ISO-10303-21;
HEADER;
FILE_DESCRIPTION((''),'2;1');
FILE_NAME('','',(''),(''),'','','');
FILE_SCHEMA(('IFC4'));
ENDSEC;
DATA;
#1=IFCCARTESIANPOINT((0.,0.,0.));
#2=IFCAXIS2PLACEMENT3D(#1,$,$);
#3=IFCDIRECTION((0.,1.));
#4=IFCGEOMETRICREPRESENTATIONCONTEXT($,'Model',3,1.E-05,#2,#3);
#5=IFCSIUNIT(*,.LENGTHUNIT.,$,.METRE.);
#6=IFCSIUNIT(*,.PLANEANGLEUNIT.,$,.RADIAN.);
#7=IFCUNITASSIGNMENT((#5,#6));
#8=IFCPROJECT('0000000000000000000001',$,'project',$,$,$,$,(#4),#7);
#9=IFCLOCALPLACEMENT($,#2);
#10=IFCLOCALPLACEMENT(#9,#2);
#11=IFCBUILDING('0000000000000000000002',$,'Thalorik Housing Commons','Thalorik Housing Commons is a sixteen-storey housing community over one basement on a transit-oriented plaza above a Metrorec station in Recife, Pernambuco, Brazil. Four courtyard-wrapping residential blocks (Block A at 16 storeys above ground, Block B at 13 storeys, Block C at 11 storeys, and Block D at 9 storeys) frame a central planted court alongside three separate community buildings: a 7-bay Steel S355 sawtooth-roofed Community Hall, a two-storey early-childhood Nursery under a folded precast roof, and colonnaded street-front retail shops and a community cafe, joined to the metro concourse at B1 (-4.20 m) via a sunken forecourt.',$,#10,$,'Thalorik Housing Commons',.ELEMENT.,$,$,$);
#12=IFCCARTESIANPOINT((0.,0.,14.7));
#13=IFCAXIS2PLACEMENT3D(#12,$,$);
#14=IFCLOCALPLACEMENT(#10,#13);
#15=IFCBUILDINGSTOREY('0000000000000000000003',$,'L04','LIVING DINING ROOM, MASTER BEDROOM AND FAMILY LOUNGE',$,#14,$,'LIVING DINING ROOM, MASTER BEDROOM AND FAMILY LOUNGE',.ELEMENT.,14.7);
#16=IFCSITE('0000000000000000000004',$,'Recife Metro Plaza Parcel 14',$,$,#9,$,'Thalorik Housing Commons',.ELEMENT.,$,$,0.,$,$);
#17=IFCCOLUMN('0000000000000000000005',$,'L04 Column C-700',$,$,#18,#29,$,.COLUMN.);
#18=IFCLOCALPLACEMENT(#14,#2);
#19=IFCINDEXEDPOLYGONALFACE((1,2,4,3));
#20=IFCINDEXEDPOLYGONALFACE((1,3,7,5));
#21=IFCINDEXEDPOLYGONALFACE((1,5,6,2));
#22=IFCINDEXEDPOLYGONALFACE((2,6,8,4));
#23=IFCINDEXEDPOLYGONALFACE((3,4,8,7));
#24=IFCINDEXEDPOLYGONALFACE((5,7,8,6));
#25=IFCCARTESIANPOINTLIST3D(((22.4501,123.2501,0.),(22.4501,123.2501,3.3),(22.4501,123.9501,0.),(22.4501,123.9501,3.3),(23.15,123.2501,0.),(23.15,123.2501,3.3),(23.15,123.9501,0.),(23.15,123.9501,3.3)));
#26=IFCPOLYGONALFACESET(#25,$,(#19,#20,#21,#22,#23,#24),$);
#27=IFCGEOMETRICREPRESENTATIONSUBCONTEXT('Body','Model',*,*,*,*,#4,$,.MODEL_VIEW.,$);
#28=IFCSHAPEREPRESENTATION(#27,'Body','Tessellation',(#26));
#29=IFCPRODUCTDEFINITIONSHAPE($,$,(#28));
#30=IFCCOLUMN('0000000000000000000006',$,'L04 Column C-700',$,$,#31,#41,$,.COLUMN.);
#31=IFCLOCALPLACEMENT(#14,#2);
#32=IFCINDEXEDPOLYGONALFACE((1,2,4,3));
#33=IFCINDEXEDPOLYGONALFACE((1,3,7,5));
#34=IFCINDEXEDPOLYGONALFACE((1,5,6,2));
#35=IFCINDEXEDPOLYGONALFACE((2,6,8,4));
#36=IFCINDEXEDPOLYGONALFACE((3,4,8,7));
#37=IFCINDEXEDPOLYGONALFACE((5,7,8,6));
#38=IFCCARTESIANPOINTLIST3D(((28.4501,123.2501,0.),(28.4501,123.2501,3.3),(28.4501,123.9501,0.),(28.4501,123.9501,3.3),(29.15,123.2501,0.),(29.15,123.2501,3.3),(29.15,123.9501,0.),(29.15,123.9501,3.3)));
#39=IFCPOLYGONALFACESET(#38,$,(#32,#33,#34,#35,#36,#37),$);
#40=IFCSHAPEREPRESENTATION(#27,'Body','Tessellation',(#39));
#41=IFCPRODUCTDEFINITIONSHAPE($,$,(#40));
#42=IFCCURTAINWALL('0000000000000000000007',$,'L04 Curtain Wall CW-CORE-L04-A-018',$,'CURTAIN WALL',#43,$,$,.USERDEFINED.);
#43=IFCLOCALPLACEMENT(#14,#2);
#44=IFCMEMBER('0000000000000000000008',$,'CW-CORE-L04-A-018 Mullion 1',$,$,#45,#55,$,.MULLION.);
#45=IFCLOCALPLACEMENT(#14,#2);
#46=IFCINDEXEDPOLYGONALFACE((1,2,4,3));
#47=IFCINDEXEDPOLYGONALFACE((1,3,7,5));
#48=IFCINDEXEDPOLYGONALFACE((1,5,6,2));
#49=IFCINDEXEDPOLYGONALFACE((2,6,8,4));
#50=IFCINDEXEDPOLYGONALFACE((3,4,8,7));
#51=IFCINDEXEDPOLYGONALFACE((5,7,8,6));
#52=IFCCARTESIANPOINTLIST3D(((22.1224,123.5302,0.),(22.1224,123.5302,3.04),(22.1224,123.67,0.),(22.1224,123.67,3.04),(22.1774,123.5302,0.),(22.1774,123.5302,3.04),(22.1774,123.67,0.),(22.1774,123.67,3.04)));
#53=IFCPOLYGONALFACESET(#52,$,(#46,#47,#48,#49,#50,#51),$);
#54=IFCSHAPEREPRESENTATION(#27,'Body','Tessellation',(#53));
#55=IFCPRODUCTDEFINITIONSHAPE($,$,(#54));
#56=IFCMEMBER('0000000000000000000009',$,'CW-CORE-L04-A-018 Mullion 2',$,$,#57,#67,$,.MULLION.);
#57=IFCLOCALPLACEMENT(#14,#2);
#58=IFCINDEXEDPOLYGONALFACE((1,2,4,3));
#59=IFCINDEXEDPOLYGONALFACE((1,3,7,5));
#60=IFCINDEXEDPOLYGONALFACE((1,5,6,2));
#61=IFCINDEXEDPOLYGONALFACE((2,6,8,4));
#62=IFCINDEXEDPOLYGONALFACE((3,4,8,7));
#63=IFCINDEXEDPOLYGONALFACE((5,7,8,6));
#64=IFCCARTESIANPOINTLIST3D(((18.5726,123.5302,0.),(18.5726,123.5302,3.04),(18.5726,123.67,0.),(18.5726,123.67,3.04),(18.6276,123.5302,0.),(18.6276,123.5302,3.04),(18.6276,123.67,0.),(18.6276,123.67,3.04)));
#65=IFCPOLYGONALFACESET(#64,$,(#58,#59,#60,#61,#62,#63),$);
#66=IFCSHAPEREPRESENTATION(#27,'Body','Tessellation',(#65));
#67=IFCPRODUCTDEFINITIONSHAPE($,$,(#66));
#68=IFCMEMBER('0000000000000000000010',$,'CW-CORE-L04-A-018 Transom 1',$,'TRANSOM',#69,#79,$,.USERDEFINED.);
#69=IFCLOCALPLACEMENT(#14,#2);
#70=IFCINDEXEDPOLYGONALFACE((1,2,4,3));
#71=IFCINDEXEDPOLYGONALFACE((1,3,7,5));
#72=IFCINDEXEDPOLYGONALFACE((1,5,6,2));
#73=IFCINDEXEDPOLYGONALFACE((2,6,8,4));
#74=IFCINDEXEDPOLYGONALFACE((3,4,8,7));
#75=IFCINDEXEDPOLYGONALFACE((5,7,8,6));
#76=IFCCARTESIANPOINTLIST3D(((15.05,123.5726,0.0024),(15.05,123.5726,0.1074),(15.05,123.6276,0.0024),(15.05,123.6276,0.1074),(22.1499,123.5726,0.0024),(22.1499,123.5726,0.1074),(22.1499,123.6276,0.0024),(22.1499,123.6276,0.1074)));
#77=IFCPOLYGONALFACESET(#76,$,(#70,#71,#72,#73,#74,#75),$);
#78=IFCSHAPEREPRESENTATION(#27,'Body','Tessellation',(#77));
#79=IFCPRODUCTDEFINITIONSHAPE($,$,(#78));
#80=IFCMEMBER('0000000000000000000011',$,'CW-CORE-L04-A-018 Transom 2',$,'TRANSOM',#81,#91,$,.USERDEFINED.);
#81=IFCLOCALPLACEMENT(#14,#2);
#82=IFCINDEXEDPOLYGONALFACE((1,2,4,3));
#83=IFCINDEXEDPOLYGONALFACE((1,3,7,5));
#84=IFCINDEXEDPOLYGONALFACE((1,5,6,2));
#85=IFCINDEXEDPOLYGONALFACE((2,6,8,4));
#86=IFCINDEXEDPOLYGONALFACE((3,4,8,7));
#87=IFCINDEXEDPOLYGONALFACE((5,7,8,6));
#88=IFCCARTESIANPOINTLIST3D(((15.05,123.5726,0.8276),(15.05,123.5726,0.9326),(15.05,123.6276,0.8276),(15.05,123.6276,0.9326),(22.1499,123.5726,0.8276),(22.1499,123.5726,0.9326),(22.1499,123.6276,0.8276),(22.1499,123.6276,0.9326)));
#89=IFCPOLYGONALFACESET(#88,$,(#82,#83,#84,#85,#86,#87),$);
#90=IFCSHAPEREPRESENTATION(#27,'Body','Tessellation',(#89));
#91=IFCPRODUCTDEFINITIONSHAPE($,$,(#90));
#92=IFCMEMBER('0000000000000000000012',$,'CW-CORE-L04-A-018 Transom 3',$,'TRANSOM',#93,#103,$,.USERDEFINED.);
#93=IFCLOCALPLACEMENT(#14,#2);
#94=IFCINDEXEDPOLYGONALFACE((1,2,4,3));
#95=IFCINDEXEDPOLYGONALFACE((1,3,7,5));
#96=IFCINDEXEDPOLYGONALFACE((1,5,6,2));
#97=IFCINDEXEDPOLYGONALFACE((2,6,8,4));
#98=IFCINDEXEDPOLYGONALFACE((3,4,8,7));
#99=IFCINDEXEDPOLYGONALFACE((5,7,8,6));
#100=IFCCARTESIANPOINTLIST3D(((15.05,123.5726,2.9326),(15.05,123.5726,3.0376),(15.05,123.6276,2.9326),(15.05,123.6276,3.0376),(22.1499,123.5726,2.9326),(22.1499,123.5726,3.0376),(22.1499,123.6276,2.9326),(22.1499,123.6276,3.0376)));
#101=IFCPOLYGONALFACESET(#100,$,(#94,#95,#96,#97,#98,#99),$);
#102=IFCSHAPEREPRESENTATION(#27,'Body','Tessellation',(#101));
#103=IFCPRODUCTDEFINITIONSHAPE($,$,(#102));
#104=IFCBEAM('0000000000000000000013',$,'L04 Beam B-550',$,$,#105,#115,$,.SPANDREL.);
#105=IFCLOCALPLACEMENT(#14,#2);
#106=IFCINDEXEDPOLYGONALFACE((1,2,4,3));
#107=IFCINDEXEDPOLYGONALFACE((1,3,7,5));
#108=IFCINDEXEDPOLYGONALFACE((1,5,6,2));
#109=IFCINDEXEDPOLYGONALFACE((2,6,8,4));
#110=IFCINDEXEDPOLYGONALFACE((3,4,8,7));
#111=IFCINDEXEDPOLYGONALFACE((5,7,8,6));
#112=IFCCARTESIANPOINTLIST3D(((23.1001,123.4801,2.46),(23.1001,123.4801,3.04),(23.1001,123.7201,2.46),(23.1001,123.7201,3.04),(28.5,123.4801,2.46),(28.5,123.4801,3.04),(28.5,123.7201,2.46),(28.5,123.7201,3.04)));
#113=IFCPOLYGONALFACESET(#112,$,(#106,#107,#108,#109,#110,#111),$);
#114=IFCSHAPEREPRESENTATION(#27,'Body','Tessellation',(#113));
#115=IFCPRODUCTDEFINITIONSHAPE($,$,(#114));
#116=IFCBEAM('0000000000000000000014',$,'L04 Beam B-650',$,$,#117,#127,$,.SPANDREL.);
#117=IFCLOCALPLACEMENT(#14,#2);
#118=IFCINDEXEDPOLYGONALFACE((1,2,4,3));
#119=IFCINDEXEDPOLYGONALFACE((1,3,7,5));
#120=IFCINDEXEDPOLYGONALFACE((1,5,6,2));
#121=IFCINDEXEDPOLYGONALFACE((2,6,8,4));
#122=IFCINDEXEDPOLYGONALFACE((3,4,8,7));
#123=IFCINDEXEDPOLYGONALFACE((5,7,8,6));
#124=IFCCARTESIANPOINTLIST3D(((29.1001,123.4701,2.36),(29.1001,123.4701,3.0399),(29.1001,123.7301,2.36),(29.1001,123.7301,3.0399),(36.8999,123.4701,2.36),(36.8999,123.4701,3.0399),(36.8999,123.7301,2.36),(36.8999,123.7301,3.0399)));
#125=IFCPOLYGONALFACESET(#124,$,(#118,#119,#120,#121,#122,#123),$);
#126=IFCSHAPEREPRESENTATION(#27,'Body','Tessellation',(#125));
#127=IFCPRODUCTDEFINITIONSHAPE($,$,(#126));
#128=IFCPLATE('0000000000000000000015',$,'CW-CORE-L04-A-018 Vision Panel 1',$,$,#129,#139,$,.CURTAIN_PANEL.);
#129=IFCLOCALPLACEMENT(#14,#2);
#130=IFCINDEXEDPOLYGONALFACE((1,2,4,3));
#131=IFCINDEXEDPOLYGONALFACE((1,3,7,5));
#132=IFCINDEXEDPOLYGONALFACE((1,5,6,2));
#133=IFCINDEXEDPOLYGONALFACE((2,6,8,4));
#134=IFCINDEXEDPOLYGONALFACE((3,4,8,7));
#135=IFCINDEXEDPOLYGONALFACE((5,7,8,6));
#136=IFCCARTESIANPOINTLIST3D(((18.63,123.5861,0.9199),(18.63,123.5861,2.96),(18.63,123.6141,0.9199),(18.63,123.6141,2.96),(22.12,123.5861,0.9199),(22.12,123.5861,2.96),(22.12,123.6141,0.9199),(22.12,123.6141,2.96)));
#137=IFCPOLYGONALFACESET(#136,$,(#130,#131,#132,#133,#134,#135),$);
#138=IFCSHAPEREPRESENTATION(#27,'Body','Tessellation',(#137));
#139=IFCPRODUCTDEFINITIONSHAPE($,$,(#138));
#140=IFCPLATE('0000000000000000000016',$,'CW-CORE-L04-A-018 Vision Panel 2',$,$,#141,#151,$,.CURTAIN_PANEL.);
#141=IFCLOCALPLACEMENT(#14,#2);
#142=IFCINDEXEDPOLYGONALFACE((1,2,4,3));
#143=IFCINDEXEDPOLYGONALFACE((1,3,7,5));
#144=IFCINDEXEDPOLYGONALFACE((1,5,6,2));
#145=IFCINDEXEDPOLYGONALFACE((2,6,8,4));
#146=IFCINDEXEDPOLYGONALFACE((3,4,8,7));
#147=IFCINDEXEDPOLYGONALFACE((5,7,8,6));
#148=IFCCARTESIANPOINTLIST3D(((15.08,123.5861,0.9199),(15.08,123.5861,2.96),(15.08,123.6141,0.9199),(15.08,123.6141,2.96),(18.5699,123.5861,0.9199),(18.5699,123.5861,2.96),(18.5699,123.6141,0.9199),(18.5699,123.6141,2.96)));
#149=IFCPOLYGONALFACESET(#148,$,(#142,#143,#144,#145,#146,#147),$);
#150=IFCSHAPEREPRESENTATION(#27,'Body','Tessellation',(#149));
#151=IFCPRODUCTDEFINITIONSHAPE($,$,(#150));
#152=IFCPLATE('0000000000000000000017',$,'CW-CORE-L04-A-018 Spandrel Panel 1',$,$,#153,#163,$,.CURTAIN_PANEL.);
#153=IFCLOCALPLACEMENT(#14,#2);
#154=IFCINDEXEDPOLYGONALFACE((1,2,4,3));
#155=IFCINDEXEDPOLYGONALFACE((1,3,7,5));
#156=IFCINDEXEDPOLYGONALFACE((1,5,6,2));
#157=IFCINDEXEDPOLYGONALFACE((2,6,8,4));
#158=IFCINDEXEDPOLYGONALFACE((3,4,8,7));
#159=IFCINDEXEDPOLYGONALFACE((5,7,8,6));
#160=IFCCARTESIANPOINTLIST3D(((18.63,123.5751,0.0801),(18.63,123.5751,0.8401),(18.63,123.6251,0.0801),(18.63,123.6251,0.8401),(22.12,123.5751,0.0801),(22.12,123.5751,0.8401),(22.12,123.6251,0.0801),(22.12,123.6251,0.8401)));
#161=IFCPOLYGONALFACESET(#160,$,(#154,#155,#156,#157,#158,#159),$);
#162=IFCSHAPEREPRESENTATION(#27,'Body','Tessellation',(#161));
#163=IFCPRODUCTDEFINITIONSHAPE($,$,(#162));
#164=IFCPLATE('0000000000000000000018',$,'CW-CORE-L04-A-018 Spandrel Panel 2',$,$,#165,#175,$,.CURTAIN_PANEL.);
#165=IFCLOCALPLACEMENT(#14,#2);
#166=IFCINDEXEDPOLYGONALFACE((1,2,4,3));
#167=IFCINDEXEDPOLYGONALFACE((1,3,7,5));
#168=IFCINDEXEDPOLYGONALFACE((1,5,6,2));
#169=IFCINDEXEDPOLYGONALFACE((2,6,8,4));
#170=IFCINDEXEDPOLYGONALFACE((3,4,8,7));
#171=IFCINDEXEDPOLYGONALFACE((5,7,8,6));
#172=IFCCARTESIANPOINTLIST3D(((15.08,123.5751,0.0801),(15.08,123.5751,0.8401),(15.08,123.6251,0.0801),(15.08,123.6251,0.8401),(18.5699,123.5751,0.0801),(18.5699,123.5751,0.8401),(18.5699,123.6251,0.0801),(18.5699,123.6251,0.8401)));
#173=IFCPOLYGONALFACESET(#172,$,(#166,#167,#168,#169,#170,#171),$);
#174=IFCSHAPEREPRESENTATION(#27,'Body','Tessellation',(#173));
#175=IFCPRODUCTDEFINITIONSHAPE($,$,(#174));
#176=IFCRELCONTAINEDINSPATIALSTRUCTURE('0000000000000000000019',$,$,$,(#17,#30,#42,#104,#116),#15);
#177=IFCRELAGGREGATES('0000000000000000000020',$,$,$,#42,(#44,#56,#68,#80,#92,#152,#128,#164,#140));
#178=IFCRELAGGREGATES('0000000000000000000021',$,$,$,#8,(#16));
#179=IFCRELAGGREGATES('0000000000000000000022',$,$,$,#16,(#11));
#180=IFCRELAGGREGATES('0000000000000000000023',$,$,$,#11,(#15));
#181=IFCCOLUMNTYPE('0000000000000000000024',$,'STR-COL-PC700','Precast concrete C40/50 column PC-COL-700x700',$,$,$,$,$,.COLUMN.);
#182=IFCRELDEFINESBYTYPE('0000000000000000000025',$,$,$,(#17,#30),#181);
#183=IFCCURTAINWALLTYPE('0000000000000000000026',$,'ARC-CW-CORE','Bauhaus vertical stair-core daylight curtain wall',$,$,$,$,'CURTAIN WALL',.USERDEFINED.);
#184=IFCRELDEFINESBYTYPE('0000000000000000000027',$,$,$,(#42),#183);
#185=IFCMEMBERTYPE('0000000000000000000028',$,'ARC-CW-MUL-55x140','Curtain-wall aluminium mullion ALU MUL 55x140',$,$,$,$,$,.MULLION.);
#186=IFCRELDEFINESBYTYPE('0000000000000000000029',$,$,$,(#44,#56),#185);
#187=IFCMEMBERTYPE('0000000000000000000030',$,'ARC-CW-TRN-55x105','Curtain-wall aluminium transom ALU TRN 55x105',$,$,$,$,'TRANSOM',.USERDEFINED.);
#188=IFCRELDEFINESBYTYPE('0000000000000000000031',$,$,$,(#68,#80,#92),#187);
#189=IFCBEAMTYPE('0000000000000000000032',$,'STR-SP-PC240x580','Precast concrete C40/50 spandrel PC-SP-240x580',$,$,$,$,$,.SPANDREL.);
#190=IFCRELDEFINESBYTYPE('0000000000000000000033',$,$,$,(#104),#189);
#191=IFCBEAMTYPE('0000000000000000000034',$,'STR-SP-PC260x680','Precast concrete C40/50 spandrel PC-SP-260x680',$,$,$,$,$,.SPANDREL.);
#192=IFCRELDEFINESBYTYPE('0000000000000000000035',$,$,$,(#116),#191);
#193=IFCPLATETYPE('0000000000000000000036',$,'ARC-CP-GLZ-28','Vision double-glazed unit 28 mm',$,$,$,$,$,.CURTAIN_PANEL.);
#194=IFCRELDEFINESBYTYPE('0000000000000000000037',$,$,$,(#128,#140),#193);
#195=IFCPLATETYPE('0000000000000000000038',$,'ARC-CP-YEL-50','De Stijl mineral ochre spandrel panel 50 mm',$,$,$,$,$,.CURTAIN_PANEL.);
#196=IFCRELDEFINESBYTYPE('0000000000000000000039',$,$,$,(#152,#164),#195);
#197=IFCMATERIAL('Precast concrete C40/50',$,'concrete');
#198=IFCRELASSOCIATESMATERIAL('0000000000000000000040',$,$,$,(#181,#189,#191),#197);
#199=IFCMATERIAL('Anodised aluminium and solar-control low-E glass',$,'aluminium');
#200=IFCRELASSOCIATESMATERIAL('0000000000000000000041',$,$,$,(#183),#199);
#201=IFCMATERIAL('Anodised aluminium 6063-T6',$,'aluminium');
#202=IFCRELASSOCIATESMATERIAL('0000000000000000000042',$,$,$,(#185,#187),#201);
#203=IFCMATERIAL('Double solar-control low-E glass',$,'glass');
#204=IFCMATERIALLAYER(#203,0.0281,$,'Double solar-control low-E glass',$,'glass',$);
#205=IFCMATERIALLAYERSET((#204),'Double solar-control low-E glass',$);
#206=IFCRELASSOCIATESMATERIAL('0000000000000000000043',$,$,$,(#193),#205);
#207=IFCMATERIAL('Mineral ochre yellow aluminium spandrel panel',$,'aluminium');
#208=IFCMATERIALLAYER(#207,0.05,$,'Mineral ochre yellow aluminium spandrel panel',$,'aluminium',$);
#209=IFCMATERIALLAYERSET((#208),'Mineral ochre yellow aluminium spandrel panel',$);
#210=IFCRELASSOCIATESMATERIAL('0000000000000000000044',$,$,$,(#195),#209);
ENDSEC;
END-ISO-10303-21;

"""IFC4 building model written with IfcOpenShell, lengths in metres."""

from ifc_helpers import new_model, si_unit, direction, frame, origin, origin_2d, place, context, subcontext, project, spatial, rectangle, extrude, material, layer, layer_set, material_profile, profile_set, type_object, element, aggregate, save


model = new_model("IFC4")

# Units and contexts
model_context = context("Model", 3, precision=1e-05, world=origin(), true_north=direction((0.0, 1.0)))
body_context = subcontext(model_context, "Body", "Model", "MODEL_VIEW")
ifc_project = project(units=[si_unit("LENGTHUNIT", "METRE"), si_unit("PLANEANGLEUNIT", "RADIAN")], contexts=[model_context])

# Site, building, storey
site_placement = place(None, origin())
site = spatial("IfcSite", under=ifc_project, at=site_placement, Name="Recife Metro Plaza Parcel 14", LongName="Thalorik Housing Commons", CompositionType="ELEMENT", RefElevation=0.0)
building_placement = place(site_placement, origin())
building = spatial("IfcBuilding", under=site, at=building_placement, Name="Thalorik Housing Commons", Description="Thalorik Housing Commons is a sixteen-storey housing community over one basement on a transit-oriented plaza above a Metrorec station in Recife, Pernambuco, Brazil. Four courtyard-wrapping residential blocks (Block A at 16 storeys above ground, Block B at 13 storeys, Block C at 11 storeys, and Block D at 9 storeys) frame a central planted court alongside three separate community buildings: a 7-bay Steel S355 sawtooth-roofed Community Hall, a two-storey early-childhood Nursery under a folded precast roof, and colonnaded street-front retail shops and a community cafe, joined to the metro concourse at B1 (-4.20 m) via a sunken forecourt.", LongName="Thalorik Housing Commons", CompositionType="ELEMENT")
storey_placement = place(building_placement, frame((0.0, 0.0, 14.7)))
storey = spatial("IfcBuildingStorey", under=building, at=storey_placement, Name="L04", Description="LIVING DINING ROOM, MASTER BEDROOM AND FAMILY LOUNGE", LongName="LIVING DINING ROOM, MASTER BEDROOM AND FAMILY LOUNGE", CompositionType="ELEMENT", Elevation=14.7)

# Columns
ifc_material_1 = material(Name="Precast concrete C40/50", Category="concrete")
ifc_material_profile_1 = material_profile(ifc_material_1, rectangle(XDim=0.7, YDim=0.7, at=origin_2d()), Name="PC 700x700", Category="concrete")
ifc_profile_set_1 = profile_set([ifc_material_profile_1], Name="Precast concrete C40/50")
column_type = type_object("IfcColumnType", Name="STR-COL-PC700", Description="Precast concrete C40/50 column PC-COL-700x700", PredefinedType="COLUMN", material=ifc_profile_set_1)
for number, where, z_axis, x_axis, name in (
    (1, (22.8, 123.6001, 0.0), (0.0, 0.0, 1.0), (1.0, 0.0, 0.0), "L04 Column C-700"),
    (2, (28.8, 123.6001, 0.0), (0.0, 0.0, 1.0), (1.0, 0.0, 0.0), "L04 Column C-700"),
):
    element("IfcColumn", number, at=place(storey_placement, frame(where, z_axis=z_axis, x_axis=x_axis)), inside=storey, type_object=column_type, Name=name, PredefinedType="COLUMN", context=body_context, shape_type="SweptSolid", body=[
        extrude(rectangle(XDim=0.7, YDim=0.7, at=origin_2d()), origin(), (0.0, 0.0, 1.0), 3.3),
    ])

# Curtain wall, members
ifc_material_2 = material(Name="Anodised aluminium and solar-control low-E glass", Category="aluminium")
curtain_wall_type = type_object("IfcCurtainWallType", Name="ARC-CW-CORE", Description="Bauhaus vertical stair-core daylight curtain wall", ElementType="CURTAIN WALL", PredefinedType="USERDEFINED", material=ifc_material_2)
curtain_wall_placement = place(storey_placement, origin())
curtain_wall = element("IfcCurtainWall", 3, at=curtain_wall_placement, inside=storey, type_object=curtain_wall_type, Name="L04 Curtain Wall CW-CORE-L04-A-018", ObjectType="CURTAIN WALL", PredefinedType="USERDEFINED")
ifc_material_3 = material(Name="Anodised aluminium 6063-T6", Category="aluminium")
ifc_material_profile_2 = material_profile(ifc_material_3, rectangle(XDim=0.0549, YDim=0.1399, at=origin_2d()), Name="ALU MUL 55x140", Category="aluminium")
ifc_profile_set_2 = profile_set([ifc_material_profile_2], Name="Anodised aluminium 6063-T6")
member_type_1 = type_object("IfcMemberType", Name="ARC-CW-MUL-55x140", Description="Curtain-wall aluminium mullion ALU MUL 55x140", PredefinedType="MULLION", material=ifc_profile_set_2)
member_1_placement = place(storey_placement, frame((22.1499, 123.6001, 0.0), z_axis=(0.0, 0.0, 1.0), x_axis=(-1.0, 0.0, 0.0)))
member_1 = element("IfcMember", 4, at=member_1_placement, type_object=member_type_1, Name="CW-CORE-L04-A-018 Mullion 1", PredefinedType="MULLION", context=body_context, shape_type="SweptSolid", body=[
    extrude(rectangle(XDim=0.0549, YDim=0.1399, at=origin_2d()), origin(), (0.0, 0.0, 1.0), 3.04),
])
member_2_placement = place(storey_placement, frame((18.6001, 123.6001, 0.0), z_axis=(0.0, 0.0, 1.0), x_axis=(-1.0, 0.0, 0.0)))
member_2 = element("IfcMember", 5, at=member_2_placement, type_object=member_type_1, Name="CW-CORE-L04-A-018 Mullion 2", PredefinedType="MULLION", context=body_context, shape_type="SweptSolid", body=[
    extrude(rectangle(XDim=0.0549, YDim=0.1399, at=origin_2d()), origin(), (0.0, 0.0, 1.0), 3.04),
])
ifc_material_profile_3 = material_profile(ifc_material_3, rectangle(XDim=0.0549, YDim=0.105, at=origin_2d()), Name="ALU TRN 55x105", Category="aluminium")
ifc_profile_set_3 = profile_set([ifc_material_profile_3], Name="Anodised aluminium 6063-T6")
member_type_2 = type_object("IfcMemberType", Name="ARC-CW-TRN-55x105", Description="Curtain-wall aluminium transom ALU TRN 55x105", ElementType="TRANSOM", PredefinedType="USERDEFINED", material=ifc_profile_set_3)
member_3_placement = place(storey_placement, frame((22.1499, 123.6001, 0.0549), z_axis=(-1.0, 0.0, 0.0), x_axis=(0.0, -1.0, 0.0)))
member_3 = element("IfcMember", 6, at=member_3_placement, type_object=member_type_2, Name="CW-CORE-L04-A-018 Transom 1", ObjectType="TRANSOM", PredefinedType="USERDEFINED", context=body_context, shape_type="SweptSolid", body=[
    extrude(rectangle(XDim=0.0549, YDim=0.105, at=origin_2d()), origin(), (0.0, 0.0, 1.0), 7.0999),
])
member_4_placement = place(storey_placement, frame((22.1499, 123.6001, 0.8801), z_axis=(-1.0, 0.0, 0.0), x_axis=(0.0, -1.0, 0.0)))
member_4 = element("IfcMember", 7, at=member_4_placement, type_object=member_type_2, Name="CW-CORE-L04-A-018 Transom 2", ObjectType="TRANSOM", PredefinedType="USERDEFINED", context=body_context, shape_type="SweptSolid", body=[
    extrude(rectangle(XDim=0.0549, YDim=0.105, at=origin_2d()), origin(), (0.0, 0.0, 1.0), 7.0999),
])
member_5_placement = place(storey_placement, frame((22.1499, 123.6001, 2.9851), z_axis=(-1.0, 0.0, 0.0), x_axis=(0.0, -1.0, 0.0)))
member_5 = element("IfcMember", 8, at=member_5_placement, type_object=member_type_2, Name="CW-CORE-L04-A-018 Transom 3", ObjectType="TRANSOM", PredefinedType="USERDEFINED", context=body_context, shape_type="SweptSolid", body=[
    extrude(rectangle(XDim=0.0549, YDim=0.105, at=origin_2d()), origin(), (0.0, 0.0, 1.0), 7.0999),
])

# Beams
ifc_material_profile_4 = material_profile(ifc_material_1, rectangle(XDim=0.24, YDim=0.5801, at=origin_2d()), Name="PC SP 240x580", Category="concrete")
ifc_profile_set_4 = profile_set([ifc_material_profile_4], Name="Precast concrete C40/50")
beam_type_1 = type_object("IfcBeamType", Name="STR-SP-PC240x580", Description="Precast concrete C40/50 spandrel PC-SP-240x580", PredefinedType="SPANDREL", material=ifc_profile_set_4)
beam_1_placement = place(storey_placement, frame((23.1001, 123.6001, 2.75), z_axis=(1.0, 0.0, 0.0), x_axis=(0.0, 1.0, 0.0)))
element("IfcBeam", 9, at=beam_1_placement, inside=storey, type_object=beam_type_1, Name="L04 Beam B-550", PredefinedType="SPANDREL", context=body_context, shape_type="SweptSolid", body=[
    extrude(rectangle(XDim=0.24, YDim=0.5801, at=origin_2d()), origin(), (0.0, 0.0, 1.0), 5.3999),
])
ifc_material_profile_5 = material_profile(ifc_material_1, rectangle(XDim=0.26, YDim=0.6799, at=origin_2d()), Name="PC SP 260x680", Category="concrete")
ifc_profile_set_5 = profile_set([ifc_material_profile_5], Name="Precast concrete C40/50")
beam_type_2 = type_object("IfcBeamType", Name="STR-SP-PC260x680", Description="Precast concrete C40/50 spandrel PC-SP-260x680", PredefinedType="SPANDREL", material=ifc_profile_set_5)
beam_2_placement = place(storey_placement, frame((29.1001, 123.6001, 2.7), z_axis=(1.0, 0.0, 0.0), x_axis=(0.0, 1.0, 0.0)))
element("IfcBeam", 10, at=beam_2_placement, inside=storey, type_object=beam_type_2, Name="L04 Beam B-650", PredefinedType="SPANDREL", context=body_context, shape_type="SweptSolid", body=[
    extrude(rectangle(XDim=0.26, YDim=0.6799, at=origin_2d()), origin(), (0.0, 0.0, 1.0), 7.7998),
])

# Plates
ifc_material_4 = material(Name="Double solar-control low-E glass", Category="glass")
ifc_layer_1 = layer(ifc_material_4, 0.0281, Name="Double solar-control low-E glass", Category="glass")
ifc_layer_set_1 = layer_set([ifc_layer_1], Name="Double solar-control low-E glass")
plate_type_1 = type_object("IfcPlateType", Name="ARC-CP-GLZ-28", Description="Vision double-glazed unit 28 mm", PredefinedType="CURTAIN_PANEL", material=ifc_layer_set_1)
plate_1_placement = place(storey_placement, frame((20.375, 123.6001, 0.9199), z_axis=(0.0, 0.0, 1.0), x_axis=(-1.0, 0.0, 0.0)))
plate_1 = element("IfcPlate", 11, at=plate_1_placement, type_object=plate_type_1, Name="CW-CORE-L04-A-018 Vision Panel 1", PredefinedType="CURTAIN_PANEL", context=body_context, shape_type="SweptSolid", body=[
    extrude(rectangle(XDim=3.49, YDim=0.0281, at=origin_2d()), origin(), (0.0, 0.0, 1.0), 2.04),
])
plate_2_placement = place(storey_placement, frame((16.825, 123.6001, 0.9199), z_axis=(0.0, 0.0, 1.0), x_axis=(-1.0, 0.0, 0.0)))
plate_2 = element("IfcPlate", 12, at=plate_2_placement, type_object=plate_type_1, Name="CW-CORE-L04-A-018 Vision Panel 2", PredefinedType="CURTAIN_PANEL", context=body_context, shape_type="SweptSolid", body=[
    extrude(rectangle(XDim=3.49, YDim=0.0281, at=origin_2d()), origin(), (0.0, 0.0, 1.0), 2.04),
])
ifc_material_5 = material(Name="Mineral ochre yellow aluminium spandrel panel", Category="aluminium")
ifc_layer_2 = layer(ifc_material_5, 0.05, Name="Mineral ochre yellow aluminium spandrel panel", Category="aluminium")
ifc_layer_set_2 = layer_set([ifc_layer_2], Name="Mineral ochre yellow aluminium spandrel panel")
plate_type_2 = type_object("IfcPlateType", Name="ARC-CP-YEL-50", Description="De Stijl mineral ochre spandrel panel 50 mm", PredefinedType="CURTAIN_PANEL", material=ifc_layer_set_2)
plate_3_placement = place(storey_placement, frame((20.375, 123.6001, 0.0801), z_axis=(0.0, 0.0, 1.0), x_axis=(-1.0, 0.0, 0.0)))
plate_3 = element("IfcPlate", 13, at=plate_3_placement, type_object=plate_type_2, Name="CW-CORE-L04-A-018 Spandrel Panel 1", PredefinedType="CURTAIN_PANEL", context=body_context, shape_type="SweptSolid", body=[
    extrude(rectangle(XDim=3.49, YDim=0.05, at=origin_2d()), origin(), (0.0, 0.0, 1.0), 0.76),
])
plate_4_placement = place(storey_placement, frame((16.825, 123.6001, 0.0801), z_axis=(0.0, 0.0, 1.0), x_axis=(-1.0, 0.0, 0.0)))
plate_4 = element("IfcPlate", 14, at=plate_4_placement, type_object=plate_type_2, Name="CW-CORE-L04-A-018 Spandrel Panel 2", PredefinedType="CURTAIN_PANEL", context=body_context, shape_type="SweptSolid", body=[
    extrude(rectangle(XDim=3.49, YDim=0.05, at=origin_2d()), origin(), (0.0, 0.0, 1.0), 0.76),
])
aggregate(curtain_wall, [member_1, member_2, member_3, member_4, member_5, plate_3, plate_1, plate_4, plate_2])

save(model, "model.ifc")
